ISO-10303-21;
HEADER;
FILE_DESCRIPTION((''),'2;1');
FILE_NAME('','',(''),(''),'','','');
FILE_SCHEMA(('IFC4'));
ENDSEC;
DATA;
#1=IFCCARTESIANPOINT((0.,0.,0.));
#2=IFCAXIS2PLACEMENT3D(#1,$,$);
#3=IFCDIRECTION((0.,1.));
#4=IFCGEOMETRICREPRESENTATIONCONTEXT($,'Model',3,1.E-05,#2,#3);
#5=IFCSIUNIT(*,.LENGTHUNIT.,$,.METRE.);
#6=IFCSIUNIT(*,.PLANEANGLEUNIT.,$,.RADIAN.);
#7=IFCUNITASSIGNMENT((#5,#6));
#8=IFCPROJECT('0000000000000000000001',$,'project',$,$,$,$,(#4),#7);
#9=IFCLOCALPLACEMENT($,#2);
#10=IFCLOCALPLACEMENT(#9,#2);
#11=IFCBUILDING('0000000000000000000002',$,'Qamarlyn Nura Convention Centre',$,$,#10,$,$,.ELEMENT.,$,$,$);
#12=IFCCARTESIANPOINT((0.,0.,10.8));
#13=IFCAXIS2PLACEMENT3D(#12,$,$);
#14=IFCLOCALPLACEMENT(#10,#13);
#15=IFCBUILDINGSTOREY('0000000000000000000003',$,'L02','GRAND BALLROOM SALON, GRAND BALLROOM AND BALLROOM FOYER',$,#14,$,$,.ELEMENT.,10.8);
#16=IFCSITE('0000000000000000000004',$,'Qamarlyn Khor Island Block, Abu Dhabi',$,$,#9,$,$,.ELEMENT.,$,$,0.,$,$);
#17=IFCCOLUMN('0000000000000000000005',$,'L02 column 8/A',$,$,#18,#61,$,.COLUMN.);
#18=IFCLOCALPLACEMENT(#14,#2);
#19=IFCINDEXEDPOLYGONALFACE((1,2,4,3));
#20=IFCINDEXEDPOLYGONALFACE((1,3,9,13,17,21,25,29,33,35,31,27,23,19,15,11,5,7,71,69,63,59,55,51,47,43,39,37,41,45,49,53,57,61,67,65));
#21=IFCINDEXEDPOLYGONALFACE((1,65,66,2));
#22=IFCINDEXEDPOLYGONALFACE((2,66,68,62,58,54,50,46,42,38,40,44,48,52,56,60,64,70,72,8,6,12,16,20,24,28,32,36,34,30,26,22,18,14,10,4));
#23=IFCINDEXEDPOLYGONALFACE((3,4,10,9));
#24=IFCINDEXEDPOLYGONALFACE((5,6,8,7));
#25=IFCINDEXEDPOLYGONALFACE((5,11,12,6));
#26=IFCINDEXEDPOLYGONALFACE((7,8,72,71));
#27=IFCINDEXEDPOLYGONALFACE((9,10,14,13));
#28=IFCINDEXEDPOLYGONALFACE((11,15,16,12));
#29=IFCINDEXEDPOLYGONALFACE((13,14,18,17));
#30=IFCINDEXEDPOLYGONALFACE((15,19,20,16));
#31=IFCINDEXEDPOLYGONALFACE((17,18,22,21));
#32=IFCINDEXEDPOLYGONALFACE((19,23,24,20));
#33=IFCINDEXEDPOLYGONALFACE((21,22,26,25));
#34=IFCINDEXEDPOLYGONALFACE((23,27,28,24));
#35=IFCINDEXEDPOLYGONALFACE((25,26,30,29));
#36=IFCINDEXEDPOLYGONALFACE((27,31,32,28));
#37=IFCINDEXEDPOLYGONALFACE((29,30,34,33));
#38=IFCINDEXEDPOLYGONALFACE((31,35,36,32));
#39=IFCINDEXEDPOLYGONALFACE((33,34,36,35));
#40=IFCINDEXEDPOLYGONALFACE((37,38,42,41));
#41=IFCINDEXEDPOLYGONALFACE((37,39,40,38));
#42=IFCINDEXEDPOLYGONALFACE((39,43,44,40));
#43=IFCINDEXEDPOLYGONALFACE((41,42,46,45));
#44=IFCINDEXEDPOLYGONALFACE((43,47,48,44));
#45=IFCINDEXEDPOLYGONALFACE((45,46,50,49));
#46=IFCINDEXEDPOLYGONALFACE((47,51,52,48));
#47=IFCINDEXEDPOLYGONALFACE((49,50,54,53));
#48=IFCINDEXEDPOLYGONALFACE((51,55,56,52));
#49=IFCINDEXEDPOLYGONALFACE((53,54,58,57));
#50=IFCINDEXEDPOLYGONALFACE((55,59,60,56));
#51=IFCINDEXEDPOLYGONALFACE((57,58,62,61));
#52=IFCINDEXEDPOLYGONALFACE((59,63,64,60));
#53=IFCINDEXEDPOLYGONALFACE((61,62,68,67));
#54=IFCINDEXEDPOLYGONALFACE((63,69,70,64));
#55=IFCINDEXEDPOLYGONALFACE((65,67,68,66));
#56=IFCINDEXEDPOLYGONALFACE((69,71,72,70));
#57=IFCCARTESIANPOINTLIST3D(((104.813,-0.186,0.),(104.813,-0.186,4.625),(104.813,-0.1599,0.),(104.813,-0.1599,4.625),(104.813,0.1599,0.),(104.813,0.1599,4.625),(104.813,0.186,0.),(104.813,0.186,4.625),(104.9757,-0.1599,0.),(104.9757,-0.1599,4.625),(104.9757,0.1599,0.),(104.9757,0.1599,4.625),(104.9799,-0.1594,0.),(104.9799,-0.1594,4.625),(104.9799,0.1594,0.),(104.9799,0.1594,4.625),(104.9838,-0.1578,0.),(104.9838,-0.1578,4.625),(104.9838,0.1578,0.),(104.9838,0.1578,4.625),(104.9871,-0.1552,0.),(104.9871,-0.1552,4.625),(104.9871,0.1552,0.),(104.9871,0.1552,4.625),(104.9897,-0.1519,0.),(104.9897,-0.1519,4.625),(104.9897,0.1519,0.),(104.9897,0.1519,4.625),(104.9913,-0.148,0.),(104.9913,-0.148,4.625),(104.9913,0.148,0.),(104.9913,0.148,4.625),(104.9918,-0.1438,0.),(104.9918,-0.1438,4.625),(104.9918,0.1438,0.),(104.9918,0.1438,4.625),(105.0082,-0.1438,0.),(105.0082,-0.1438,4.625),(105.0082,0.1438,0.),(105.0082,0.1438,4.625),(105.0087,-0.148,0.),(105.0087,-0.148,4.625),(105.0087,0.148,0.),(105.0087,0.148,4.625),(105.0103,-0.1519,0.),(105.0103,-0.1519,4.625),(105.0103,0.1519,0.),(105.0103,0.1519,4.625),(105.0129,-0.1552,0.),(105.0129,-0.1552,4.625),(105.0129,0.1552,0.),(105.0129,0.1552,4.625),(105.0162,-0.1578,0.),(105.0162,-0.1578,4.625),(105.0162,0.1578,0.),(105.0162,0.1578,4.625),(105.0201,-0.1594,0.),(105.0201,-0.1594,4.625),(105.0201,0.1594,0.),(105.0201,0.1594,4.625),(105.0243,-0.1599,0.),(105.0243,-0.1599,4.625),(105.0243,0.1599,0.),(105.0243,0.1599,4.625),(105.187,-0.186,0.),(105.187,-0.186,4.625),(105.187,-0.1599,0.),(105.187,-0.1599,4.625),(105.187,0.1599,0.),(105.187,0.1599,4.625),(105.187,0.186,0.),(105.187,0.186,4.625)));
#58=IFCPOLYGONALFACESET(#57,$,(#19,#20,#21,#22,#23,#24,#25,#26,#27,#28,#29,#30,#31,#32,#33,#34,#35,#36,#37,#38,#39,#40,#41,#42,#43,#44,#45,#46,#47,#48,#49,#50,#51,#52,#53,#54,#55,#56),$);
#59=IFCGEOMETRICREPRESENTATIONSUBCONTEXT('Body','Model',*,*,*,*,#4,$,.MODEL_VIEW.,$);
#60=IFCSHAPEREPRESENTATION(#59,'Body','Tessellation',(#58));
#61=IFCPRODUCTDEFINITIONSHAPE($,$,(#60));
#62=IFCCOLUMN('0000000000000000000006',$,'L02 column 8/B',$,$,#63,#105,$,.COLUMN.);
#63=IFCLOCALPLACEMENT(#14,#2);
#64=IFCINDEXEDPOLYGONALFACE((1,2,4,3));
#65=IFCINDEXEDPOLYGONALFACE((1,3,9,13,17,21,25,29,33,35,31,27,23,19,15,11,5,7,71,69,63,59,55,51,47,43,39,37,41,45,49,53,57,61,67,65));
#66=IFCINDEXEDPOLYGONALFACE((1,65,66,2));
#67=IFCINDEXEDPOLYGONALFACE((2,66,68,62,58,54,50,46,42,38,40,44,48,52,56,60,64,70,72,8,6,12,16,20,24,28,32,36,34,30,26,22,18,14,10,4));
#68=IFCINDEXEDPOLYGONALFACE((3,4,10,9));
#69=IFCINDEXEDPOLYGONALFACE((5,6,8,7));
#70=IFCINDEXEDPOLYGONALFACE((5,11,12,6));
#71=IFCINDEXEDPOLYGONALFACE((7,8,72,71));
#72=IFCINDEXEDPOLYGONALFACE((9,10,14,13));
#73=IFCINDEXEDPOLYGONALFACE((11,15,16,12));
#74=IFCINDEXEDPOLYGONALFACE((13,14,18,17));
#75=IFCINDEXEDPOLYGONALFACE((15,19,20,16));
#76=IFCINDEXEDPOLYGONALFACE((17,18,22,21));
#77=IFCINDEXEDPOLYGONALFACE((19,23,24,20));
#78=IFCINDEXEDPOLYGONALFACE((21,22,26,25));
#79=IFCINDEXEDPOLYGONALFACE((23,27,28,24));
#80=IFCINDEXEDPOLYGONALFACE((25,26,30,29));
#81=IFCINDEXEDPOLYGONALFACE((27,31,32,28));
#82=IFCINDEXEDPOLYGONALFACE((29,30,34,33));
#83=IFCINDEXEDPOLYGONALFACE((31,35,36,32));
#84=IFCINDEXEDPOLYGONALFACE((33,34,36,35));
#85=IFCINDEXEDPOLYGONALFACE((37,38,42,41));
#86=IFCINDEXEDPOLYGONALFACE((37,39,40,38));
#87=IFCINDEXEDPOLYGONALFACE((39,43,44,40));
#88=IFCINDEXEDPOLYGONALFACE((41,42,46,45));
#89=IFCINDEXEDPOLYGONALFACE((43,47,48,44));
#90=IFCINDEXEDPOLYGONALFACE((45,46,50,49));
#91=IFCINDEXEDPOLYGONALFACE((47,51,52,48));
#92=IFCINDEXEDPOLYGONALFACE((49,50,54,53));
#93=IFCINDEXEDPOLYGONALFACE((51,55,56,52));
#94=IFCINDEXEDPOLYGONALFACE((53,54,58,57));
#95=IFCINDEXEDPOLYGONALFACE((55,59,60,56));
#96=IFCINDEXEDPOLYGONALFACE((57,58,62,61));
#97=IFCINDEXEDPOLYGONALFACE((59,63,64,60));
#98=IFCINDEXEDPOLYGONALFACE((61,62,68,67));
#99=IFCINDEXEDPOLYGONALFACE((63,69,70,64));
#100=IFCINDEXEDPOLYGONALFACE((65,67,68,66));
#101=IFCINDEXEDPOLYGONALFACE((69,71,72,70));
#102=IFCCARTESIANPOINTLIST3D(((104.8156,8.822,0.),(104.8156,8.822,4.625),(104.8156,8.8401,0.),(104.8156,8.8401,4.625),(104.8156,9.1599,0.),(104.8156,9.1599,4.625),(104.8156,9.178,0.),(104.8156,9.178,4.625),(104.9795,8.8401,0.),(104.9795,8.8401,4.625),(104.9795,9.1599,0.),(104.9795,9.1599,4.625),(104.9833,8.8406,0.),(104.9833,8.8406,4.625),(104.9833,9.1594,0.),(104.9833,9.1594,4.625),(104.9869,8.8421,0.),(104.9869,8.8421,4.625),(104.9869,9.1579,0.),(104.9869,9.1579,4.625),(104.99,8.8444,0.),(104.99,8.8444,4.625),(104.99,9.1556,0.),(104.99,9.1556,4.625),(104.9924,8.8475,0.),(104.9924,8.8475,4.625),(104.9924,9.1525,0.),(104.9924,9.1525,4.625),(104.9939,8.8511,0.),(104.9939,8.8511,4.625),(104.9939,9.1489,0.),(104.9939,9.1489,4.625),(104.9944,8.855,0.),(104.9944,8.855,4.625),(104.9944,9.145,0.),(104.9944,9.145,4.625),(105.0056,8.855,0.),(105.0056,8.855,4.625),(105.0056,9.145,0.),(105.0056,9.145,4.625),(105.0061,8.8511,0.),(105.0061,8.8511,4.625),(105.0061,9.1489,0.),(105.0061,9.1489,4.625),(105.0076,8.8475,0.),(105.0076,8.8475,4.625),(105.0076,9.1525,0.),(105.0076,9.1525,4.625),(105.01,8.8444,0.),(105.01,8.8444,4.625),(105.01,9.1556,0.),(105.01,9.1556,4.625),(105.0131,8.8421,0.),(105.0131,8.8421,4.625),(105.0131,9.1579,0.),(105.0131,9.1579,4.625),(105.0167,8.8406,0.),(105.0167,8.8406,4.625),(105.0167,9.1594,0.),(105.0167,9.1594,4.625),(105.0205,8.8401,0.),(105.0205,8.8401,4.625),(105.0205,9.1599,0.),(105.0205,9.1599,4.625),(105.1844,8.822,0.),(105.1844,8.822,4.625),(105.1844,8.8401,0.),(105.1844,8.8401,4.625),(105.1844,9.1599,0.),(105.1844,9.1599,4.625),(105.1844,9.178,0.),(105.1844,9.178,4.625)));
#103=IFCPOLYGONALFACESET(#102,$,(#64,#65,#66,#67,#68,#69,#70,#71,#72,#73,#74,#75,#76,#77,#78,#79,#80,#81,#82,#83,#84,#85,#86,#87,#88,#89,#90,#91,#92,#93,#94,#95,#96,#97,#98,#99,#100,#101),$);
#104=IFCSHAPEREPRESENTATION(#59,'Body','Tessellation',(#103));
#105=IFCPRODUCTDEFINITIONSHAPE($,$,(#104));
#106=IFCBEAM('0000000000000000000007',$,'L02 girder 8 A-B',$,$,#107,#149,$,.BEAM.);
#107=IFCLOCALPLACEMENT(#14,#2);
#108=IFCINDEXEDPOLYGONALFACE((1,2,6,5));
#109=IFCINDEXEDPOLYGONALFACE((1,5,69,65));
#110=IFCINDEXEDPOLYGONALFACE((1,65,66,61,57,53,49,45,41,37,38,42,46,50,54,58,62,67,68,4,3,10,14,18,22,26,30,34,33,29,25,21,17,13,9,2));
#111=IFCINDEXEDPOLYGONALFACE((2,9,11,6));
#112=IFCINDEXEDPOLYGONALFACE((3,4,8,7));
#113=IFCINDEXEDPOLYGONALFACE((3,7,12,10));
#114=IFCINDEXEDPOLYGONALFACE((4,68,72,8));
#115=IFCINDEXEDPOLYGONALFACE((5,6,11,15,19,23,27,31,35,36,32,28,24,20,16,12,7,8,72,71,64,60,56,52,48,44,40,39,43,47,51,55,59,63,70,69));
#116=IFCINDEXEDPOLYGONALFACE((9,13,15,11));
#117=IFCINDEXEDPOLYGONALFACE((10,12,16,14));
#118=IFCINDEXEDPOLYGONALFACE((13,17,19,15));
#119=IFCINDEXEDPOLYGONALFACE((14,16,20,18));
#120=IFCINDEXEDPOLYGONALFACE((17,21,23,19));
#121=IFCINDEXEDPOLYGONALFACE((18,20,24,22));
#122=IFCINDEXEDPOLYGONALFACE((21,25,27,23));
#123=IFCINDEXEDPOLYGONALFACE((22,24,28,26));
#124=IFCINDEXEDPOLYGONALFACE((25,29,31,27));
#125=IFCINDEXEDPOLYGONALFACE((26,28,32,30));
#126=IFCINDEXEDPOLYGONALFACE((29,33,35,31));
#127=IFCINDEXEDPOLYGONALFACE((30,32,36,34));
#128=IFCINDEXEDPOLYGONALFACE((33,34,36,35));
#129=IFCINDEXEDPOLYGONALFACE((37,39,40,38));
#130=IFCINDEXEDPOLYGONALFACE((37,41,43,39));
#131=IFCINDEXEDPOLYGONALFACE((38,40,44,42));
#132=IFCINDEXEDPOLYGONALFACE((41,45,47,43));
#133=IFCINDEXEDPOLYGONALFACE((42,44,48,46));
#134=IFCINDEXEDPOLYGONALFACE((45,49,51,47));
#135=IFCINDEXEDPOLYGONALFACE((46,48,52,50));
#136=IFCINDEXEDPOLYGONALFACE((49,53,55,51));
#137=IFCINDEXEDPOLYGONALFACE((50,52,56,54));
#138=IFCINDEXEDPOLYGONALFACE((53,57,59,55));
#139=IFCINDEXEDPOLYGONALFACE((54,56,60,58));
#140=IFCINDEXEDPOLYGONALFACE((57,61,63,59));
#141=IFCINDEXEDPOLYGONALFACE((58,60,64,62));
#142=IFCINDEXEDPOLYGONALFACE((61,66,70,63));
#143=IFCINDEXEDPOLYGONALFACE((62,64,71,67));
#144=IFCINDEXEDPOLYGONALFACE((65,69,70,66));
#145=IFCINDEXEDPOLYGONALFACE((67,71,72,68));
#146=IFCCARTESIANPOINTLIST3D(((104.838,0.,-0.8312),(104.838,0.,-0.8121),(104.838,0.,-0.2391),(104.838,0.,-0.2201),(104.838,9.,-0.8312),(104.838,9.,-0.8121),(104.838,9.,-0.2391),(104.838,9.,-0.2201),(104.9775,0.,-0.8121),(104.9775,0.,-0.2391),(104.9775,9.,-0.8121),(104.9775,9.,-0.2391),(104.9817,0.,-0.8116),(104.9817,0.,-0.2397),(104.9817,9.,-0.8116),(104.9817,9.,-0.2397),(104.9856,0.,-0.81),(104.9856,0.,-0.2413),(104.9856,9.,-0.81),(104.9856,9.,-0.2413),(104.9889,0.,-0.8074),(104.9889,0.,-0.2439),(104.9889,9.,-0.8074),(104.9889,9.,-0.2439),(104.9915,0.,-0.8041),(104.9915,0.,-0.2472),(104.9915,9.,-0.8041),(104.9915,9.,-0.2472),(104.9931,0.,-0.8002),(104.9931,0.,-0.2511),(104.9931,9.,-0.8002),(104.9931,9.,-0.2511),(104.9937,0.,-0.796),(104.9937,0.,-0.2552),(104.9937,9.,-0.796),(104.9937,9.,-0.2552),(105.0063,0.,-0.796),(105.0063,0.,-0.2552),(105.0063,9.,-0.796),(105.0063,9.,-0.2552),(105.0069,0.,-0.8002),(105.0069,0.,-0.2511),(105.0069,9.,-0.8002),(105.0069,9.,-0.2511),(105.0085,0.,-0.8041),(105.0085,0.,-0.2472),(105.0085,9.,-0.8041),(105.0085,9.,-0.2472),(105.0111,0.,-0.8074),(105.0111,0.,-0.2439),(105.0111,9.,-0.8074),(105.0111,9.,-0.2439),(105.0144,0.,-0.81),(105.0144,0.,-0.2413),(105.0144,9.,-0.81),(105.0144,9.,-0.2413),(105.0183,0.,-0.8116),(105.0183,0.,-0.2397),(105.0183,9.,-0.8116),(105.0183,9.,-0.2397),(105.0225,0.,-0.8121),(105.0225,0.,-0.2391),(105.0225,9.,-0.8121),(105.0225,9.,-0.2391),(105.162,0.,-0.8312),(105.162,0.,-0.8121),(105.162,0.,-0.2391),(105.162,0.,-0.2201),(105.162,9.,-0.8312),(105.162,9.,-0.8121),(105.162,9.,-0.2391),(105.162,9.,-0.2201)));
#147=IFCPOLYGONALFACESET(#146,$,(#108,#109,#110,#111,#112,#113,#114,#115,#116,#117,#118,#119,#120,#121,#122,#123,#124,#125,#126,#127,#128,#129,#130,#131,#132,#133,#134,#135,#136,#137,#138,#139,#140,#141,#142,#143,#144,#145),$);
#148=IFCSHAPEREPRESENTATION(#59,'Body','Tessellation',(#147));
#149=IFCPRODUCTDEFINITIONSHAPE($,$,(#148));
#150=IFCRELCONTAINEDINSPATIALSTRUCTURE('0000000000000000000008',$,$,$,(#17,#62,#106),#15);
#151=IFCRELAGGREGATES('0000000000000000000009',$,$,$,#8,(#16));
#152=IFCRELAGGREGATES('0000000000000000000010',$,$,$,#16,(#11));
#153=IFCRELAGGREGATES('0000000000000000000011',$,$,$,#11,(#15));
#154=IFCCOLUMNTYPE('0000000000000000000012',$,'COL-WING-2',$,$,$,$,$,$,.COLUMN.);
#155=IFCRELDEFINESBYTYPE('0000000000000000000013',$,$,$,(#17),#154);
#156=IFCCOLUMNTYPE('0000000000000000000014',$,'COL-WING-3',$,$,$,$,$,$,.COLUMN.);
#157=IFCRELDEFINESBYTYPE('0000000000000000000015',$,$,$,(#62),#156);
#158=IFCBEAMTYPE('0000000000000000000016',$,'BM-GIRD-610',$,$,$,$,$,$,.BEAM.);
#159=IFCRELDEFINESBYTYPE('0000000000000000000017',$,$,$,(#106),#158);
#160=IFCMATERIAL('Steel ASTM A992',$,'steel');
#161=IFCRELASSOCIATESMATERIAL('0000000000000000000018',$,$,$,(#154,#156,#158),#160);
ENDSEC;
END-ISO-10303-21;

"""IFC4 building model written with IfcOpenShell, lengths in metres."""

from ifc_helpers import new_model, si_unit, direction, frame, origin, origin_2d, place, context, subcontext, project, spatial, i_section, extrude, material, material_profile, profile_set, type_object, element, save


model = new_model("IFC4")

# Units and contexts
model_context = context("Model", 3, precision=1e-05, world=origin(), true_north=direction((0.0, 1.0)))
body_context = subcontext(model_context, "Body", "Model", "MODEL_VIEW")
ifc_project = project(units=[si_unit("LENGTHUNIT", "METRE"), si_unit("PLANEANGLEUNIT", "RADIAN")], contexts=[model_context])

# Site, building, storey
site_placement = place(None, origin())
site = spatial("IfcSite", under=ifc_project, at=site_placement, Name="Qamarlyn Khor Island Block, Abu Dhabi", CompositionType="ELEMENT", RefElevation=0.0)
building_placement = place(site_placement, origin())
building = spatial("IfcBuilding", under=site, at=building_placement, Name="Qamarlyn Nura Convention Centre", CompositionType="ELEMENT")
storey_placement = place(building_placement, frame((0.0, 0.0, 10.8)))
storey = spatial("IfcBuildingStorey", under=building, at=storey_placement, Name="L02", Description="GRAND BALLROOM SALON, GRAND BALLROOM AND BALLROOM FOYER", CompositionType="ELEMENT", Elevation=10.8)

# Columns
ifc_material_1 = material(Name="Steel ASTM A992", Category="steel")
ifc_material_profile_1 = material_profile(ifc_material_1, i_section(OverallWidth=0.374, OverallDepth=0.3721, WebThickness=0.0164, FlangeThickness=0.0261, FilletRadius=0.0161, at=origin_2d()), Name="W360X196")
ifc_profile_set_1 = profile_set([ifc_material_profile_1], Name="Steel ASTM A992")
column_type_1 = type_object("IfcColumnType", Name="COL-WING-2", PredefinedType="COLUMN", material=ifc_profile_set_1)
column_1_placement = place(storey_placement, frame((105.0, 0.0, 0.0), z_axis=(0.0, 0.0, 1.0), x_axis=(1.0, 0.0, 0.0)))
element("IfcColumn", 1, at=column_1_placement, inside=storey, type_object=column_type_1, Name="L02 column 8/A", PredefinedType="COLUMN", context=body_context, shape_type="SweptSolid", body=[
    extrude(i_section(OverallWidth=0.374, OverallDepth=0.3721, WebThickness=0.0164, FlangeThickness=0.0261, FilletRadius=0.0161, at=origin_2d()), origin(), (0.0, 0.0, 1.0), 4.625),
])
ifc_material_profile_2 = material_profile(ifc_material_1, i_section(OverallWidth=0.3689, OverallDepth=0.356, WebThickness=0.0112, FlangeThickness=0.0181, FilletRadius=0.0149, at=origin_2d()), Name="W360X134")
ifc_profile_set_2 = profile_set([ifc_material_profile_2], Name="Steel ASTM A992")
column_type_2 = type_object("IfcColumnType", Name="COL-WING-3", PredefinedType="COLUMN", material=ifc_profile_set_2)
column_2_placement = place(storey_placement, frame((105.0, 9.0, 0.0), z_axis=(0.0, 0.0, 1.0), x_axis=(1.0, 0.0, 0.0)))
element("IfcColumn", 2, at=column_2_placement, inside=storey, type_object=column_type_2, Name="L02 column 8/B", PredefinedType="COLUMN", context=body_context, shape_type="SweptSolid", body=[
    extrude(i_section(OverallWidth=0.3689, OverallDepth=0.356, WebThickness=0.0112, FlangeThickness=0.0181, FilletRadius=0.0149, at=origin_2d()), origin(), (0.0, 0.0, 1.0), 4.625),
])

# Beam
ifc_material_profile_3 = material_profile(ifc_material_1, i_section(OverallWidth=0.324, OverallDepth=0.6111, WebThickness=0.0127, FlangeThickness=0.019, FilletRadius=0.0161, at=origin_2d()), Name="W610X155")
ifc_profile_set_3 = profile_set([ifc_material_profile_3], Name="Steel ASTM A992")
beam_type_1 = type_object("IfcBeamType", Name="BM-GIRD-610", PredefinedType="BEAM", material=ifc_profile_set_3)
beam_1_placement = place(storey_placement, frame((105.0, 0.0, -0.5256), z_axis=(0.0, 1.0, 0.0), x_axis=(-1.0, 0.0, 0.0)))
element("IfcBeam", 3, at=beam_1_placement, inside=storey, type_object=beam_type_1, Name="L02 girder 8 A-B", PredefinedType="BEAM", context=body_context, shape_type="SweptSolid", body=[
    extrude(i_section(OverallWidth=0.324, OverallDepth=0.6111, WebThickness=0.0127, FlangeThickness=0.019, FilletRadius=0.0161, at=origin_2d()), origin(), (0.0, 0.0, 1.0), 9.0),
])

save(model, "model.ifc")
